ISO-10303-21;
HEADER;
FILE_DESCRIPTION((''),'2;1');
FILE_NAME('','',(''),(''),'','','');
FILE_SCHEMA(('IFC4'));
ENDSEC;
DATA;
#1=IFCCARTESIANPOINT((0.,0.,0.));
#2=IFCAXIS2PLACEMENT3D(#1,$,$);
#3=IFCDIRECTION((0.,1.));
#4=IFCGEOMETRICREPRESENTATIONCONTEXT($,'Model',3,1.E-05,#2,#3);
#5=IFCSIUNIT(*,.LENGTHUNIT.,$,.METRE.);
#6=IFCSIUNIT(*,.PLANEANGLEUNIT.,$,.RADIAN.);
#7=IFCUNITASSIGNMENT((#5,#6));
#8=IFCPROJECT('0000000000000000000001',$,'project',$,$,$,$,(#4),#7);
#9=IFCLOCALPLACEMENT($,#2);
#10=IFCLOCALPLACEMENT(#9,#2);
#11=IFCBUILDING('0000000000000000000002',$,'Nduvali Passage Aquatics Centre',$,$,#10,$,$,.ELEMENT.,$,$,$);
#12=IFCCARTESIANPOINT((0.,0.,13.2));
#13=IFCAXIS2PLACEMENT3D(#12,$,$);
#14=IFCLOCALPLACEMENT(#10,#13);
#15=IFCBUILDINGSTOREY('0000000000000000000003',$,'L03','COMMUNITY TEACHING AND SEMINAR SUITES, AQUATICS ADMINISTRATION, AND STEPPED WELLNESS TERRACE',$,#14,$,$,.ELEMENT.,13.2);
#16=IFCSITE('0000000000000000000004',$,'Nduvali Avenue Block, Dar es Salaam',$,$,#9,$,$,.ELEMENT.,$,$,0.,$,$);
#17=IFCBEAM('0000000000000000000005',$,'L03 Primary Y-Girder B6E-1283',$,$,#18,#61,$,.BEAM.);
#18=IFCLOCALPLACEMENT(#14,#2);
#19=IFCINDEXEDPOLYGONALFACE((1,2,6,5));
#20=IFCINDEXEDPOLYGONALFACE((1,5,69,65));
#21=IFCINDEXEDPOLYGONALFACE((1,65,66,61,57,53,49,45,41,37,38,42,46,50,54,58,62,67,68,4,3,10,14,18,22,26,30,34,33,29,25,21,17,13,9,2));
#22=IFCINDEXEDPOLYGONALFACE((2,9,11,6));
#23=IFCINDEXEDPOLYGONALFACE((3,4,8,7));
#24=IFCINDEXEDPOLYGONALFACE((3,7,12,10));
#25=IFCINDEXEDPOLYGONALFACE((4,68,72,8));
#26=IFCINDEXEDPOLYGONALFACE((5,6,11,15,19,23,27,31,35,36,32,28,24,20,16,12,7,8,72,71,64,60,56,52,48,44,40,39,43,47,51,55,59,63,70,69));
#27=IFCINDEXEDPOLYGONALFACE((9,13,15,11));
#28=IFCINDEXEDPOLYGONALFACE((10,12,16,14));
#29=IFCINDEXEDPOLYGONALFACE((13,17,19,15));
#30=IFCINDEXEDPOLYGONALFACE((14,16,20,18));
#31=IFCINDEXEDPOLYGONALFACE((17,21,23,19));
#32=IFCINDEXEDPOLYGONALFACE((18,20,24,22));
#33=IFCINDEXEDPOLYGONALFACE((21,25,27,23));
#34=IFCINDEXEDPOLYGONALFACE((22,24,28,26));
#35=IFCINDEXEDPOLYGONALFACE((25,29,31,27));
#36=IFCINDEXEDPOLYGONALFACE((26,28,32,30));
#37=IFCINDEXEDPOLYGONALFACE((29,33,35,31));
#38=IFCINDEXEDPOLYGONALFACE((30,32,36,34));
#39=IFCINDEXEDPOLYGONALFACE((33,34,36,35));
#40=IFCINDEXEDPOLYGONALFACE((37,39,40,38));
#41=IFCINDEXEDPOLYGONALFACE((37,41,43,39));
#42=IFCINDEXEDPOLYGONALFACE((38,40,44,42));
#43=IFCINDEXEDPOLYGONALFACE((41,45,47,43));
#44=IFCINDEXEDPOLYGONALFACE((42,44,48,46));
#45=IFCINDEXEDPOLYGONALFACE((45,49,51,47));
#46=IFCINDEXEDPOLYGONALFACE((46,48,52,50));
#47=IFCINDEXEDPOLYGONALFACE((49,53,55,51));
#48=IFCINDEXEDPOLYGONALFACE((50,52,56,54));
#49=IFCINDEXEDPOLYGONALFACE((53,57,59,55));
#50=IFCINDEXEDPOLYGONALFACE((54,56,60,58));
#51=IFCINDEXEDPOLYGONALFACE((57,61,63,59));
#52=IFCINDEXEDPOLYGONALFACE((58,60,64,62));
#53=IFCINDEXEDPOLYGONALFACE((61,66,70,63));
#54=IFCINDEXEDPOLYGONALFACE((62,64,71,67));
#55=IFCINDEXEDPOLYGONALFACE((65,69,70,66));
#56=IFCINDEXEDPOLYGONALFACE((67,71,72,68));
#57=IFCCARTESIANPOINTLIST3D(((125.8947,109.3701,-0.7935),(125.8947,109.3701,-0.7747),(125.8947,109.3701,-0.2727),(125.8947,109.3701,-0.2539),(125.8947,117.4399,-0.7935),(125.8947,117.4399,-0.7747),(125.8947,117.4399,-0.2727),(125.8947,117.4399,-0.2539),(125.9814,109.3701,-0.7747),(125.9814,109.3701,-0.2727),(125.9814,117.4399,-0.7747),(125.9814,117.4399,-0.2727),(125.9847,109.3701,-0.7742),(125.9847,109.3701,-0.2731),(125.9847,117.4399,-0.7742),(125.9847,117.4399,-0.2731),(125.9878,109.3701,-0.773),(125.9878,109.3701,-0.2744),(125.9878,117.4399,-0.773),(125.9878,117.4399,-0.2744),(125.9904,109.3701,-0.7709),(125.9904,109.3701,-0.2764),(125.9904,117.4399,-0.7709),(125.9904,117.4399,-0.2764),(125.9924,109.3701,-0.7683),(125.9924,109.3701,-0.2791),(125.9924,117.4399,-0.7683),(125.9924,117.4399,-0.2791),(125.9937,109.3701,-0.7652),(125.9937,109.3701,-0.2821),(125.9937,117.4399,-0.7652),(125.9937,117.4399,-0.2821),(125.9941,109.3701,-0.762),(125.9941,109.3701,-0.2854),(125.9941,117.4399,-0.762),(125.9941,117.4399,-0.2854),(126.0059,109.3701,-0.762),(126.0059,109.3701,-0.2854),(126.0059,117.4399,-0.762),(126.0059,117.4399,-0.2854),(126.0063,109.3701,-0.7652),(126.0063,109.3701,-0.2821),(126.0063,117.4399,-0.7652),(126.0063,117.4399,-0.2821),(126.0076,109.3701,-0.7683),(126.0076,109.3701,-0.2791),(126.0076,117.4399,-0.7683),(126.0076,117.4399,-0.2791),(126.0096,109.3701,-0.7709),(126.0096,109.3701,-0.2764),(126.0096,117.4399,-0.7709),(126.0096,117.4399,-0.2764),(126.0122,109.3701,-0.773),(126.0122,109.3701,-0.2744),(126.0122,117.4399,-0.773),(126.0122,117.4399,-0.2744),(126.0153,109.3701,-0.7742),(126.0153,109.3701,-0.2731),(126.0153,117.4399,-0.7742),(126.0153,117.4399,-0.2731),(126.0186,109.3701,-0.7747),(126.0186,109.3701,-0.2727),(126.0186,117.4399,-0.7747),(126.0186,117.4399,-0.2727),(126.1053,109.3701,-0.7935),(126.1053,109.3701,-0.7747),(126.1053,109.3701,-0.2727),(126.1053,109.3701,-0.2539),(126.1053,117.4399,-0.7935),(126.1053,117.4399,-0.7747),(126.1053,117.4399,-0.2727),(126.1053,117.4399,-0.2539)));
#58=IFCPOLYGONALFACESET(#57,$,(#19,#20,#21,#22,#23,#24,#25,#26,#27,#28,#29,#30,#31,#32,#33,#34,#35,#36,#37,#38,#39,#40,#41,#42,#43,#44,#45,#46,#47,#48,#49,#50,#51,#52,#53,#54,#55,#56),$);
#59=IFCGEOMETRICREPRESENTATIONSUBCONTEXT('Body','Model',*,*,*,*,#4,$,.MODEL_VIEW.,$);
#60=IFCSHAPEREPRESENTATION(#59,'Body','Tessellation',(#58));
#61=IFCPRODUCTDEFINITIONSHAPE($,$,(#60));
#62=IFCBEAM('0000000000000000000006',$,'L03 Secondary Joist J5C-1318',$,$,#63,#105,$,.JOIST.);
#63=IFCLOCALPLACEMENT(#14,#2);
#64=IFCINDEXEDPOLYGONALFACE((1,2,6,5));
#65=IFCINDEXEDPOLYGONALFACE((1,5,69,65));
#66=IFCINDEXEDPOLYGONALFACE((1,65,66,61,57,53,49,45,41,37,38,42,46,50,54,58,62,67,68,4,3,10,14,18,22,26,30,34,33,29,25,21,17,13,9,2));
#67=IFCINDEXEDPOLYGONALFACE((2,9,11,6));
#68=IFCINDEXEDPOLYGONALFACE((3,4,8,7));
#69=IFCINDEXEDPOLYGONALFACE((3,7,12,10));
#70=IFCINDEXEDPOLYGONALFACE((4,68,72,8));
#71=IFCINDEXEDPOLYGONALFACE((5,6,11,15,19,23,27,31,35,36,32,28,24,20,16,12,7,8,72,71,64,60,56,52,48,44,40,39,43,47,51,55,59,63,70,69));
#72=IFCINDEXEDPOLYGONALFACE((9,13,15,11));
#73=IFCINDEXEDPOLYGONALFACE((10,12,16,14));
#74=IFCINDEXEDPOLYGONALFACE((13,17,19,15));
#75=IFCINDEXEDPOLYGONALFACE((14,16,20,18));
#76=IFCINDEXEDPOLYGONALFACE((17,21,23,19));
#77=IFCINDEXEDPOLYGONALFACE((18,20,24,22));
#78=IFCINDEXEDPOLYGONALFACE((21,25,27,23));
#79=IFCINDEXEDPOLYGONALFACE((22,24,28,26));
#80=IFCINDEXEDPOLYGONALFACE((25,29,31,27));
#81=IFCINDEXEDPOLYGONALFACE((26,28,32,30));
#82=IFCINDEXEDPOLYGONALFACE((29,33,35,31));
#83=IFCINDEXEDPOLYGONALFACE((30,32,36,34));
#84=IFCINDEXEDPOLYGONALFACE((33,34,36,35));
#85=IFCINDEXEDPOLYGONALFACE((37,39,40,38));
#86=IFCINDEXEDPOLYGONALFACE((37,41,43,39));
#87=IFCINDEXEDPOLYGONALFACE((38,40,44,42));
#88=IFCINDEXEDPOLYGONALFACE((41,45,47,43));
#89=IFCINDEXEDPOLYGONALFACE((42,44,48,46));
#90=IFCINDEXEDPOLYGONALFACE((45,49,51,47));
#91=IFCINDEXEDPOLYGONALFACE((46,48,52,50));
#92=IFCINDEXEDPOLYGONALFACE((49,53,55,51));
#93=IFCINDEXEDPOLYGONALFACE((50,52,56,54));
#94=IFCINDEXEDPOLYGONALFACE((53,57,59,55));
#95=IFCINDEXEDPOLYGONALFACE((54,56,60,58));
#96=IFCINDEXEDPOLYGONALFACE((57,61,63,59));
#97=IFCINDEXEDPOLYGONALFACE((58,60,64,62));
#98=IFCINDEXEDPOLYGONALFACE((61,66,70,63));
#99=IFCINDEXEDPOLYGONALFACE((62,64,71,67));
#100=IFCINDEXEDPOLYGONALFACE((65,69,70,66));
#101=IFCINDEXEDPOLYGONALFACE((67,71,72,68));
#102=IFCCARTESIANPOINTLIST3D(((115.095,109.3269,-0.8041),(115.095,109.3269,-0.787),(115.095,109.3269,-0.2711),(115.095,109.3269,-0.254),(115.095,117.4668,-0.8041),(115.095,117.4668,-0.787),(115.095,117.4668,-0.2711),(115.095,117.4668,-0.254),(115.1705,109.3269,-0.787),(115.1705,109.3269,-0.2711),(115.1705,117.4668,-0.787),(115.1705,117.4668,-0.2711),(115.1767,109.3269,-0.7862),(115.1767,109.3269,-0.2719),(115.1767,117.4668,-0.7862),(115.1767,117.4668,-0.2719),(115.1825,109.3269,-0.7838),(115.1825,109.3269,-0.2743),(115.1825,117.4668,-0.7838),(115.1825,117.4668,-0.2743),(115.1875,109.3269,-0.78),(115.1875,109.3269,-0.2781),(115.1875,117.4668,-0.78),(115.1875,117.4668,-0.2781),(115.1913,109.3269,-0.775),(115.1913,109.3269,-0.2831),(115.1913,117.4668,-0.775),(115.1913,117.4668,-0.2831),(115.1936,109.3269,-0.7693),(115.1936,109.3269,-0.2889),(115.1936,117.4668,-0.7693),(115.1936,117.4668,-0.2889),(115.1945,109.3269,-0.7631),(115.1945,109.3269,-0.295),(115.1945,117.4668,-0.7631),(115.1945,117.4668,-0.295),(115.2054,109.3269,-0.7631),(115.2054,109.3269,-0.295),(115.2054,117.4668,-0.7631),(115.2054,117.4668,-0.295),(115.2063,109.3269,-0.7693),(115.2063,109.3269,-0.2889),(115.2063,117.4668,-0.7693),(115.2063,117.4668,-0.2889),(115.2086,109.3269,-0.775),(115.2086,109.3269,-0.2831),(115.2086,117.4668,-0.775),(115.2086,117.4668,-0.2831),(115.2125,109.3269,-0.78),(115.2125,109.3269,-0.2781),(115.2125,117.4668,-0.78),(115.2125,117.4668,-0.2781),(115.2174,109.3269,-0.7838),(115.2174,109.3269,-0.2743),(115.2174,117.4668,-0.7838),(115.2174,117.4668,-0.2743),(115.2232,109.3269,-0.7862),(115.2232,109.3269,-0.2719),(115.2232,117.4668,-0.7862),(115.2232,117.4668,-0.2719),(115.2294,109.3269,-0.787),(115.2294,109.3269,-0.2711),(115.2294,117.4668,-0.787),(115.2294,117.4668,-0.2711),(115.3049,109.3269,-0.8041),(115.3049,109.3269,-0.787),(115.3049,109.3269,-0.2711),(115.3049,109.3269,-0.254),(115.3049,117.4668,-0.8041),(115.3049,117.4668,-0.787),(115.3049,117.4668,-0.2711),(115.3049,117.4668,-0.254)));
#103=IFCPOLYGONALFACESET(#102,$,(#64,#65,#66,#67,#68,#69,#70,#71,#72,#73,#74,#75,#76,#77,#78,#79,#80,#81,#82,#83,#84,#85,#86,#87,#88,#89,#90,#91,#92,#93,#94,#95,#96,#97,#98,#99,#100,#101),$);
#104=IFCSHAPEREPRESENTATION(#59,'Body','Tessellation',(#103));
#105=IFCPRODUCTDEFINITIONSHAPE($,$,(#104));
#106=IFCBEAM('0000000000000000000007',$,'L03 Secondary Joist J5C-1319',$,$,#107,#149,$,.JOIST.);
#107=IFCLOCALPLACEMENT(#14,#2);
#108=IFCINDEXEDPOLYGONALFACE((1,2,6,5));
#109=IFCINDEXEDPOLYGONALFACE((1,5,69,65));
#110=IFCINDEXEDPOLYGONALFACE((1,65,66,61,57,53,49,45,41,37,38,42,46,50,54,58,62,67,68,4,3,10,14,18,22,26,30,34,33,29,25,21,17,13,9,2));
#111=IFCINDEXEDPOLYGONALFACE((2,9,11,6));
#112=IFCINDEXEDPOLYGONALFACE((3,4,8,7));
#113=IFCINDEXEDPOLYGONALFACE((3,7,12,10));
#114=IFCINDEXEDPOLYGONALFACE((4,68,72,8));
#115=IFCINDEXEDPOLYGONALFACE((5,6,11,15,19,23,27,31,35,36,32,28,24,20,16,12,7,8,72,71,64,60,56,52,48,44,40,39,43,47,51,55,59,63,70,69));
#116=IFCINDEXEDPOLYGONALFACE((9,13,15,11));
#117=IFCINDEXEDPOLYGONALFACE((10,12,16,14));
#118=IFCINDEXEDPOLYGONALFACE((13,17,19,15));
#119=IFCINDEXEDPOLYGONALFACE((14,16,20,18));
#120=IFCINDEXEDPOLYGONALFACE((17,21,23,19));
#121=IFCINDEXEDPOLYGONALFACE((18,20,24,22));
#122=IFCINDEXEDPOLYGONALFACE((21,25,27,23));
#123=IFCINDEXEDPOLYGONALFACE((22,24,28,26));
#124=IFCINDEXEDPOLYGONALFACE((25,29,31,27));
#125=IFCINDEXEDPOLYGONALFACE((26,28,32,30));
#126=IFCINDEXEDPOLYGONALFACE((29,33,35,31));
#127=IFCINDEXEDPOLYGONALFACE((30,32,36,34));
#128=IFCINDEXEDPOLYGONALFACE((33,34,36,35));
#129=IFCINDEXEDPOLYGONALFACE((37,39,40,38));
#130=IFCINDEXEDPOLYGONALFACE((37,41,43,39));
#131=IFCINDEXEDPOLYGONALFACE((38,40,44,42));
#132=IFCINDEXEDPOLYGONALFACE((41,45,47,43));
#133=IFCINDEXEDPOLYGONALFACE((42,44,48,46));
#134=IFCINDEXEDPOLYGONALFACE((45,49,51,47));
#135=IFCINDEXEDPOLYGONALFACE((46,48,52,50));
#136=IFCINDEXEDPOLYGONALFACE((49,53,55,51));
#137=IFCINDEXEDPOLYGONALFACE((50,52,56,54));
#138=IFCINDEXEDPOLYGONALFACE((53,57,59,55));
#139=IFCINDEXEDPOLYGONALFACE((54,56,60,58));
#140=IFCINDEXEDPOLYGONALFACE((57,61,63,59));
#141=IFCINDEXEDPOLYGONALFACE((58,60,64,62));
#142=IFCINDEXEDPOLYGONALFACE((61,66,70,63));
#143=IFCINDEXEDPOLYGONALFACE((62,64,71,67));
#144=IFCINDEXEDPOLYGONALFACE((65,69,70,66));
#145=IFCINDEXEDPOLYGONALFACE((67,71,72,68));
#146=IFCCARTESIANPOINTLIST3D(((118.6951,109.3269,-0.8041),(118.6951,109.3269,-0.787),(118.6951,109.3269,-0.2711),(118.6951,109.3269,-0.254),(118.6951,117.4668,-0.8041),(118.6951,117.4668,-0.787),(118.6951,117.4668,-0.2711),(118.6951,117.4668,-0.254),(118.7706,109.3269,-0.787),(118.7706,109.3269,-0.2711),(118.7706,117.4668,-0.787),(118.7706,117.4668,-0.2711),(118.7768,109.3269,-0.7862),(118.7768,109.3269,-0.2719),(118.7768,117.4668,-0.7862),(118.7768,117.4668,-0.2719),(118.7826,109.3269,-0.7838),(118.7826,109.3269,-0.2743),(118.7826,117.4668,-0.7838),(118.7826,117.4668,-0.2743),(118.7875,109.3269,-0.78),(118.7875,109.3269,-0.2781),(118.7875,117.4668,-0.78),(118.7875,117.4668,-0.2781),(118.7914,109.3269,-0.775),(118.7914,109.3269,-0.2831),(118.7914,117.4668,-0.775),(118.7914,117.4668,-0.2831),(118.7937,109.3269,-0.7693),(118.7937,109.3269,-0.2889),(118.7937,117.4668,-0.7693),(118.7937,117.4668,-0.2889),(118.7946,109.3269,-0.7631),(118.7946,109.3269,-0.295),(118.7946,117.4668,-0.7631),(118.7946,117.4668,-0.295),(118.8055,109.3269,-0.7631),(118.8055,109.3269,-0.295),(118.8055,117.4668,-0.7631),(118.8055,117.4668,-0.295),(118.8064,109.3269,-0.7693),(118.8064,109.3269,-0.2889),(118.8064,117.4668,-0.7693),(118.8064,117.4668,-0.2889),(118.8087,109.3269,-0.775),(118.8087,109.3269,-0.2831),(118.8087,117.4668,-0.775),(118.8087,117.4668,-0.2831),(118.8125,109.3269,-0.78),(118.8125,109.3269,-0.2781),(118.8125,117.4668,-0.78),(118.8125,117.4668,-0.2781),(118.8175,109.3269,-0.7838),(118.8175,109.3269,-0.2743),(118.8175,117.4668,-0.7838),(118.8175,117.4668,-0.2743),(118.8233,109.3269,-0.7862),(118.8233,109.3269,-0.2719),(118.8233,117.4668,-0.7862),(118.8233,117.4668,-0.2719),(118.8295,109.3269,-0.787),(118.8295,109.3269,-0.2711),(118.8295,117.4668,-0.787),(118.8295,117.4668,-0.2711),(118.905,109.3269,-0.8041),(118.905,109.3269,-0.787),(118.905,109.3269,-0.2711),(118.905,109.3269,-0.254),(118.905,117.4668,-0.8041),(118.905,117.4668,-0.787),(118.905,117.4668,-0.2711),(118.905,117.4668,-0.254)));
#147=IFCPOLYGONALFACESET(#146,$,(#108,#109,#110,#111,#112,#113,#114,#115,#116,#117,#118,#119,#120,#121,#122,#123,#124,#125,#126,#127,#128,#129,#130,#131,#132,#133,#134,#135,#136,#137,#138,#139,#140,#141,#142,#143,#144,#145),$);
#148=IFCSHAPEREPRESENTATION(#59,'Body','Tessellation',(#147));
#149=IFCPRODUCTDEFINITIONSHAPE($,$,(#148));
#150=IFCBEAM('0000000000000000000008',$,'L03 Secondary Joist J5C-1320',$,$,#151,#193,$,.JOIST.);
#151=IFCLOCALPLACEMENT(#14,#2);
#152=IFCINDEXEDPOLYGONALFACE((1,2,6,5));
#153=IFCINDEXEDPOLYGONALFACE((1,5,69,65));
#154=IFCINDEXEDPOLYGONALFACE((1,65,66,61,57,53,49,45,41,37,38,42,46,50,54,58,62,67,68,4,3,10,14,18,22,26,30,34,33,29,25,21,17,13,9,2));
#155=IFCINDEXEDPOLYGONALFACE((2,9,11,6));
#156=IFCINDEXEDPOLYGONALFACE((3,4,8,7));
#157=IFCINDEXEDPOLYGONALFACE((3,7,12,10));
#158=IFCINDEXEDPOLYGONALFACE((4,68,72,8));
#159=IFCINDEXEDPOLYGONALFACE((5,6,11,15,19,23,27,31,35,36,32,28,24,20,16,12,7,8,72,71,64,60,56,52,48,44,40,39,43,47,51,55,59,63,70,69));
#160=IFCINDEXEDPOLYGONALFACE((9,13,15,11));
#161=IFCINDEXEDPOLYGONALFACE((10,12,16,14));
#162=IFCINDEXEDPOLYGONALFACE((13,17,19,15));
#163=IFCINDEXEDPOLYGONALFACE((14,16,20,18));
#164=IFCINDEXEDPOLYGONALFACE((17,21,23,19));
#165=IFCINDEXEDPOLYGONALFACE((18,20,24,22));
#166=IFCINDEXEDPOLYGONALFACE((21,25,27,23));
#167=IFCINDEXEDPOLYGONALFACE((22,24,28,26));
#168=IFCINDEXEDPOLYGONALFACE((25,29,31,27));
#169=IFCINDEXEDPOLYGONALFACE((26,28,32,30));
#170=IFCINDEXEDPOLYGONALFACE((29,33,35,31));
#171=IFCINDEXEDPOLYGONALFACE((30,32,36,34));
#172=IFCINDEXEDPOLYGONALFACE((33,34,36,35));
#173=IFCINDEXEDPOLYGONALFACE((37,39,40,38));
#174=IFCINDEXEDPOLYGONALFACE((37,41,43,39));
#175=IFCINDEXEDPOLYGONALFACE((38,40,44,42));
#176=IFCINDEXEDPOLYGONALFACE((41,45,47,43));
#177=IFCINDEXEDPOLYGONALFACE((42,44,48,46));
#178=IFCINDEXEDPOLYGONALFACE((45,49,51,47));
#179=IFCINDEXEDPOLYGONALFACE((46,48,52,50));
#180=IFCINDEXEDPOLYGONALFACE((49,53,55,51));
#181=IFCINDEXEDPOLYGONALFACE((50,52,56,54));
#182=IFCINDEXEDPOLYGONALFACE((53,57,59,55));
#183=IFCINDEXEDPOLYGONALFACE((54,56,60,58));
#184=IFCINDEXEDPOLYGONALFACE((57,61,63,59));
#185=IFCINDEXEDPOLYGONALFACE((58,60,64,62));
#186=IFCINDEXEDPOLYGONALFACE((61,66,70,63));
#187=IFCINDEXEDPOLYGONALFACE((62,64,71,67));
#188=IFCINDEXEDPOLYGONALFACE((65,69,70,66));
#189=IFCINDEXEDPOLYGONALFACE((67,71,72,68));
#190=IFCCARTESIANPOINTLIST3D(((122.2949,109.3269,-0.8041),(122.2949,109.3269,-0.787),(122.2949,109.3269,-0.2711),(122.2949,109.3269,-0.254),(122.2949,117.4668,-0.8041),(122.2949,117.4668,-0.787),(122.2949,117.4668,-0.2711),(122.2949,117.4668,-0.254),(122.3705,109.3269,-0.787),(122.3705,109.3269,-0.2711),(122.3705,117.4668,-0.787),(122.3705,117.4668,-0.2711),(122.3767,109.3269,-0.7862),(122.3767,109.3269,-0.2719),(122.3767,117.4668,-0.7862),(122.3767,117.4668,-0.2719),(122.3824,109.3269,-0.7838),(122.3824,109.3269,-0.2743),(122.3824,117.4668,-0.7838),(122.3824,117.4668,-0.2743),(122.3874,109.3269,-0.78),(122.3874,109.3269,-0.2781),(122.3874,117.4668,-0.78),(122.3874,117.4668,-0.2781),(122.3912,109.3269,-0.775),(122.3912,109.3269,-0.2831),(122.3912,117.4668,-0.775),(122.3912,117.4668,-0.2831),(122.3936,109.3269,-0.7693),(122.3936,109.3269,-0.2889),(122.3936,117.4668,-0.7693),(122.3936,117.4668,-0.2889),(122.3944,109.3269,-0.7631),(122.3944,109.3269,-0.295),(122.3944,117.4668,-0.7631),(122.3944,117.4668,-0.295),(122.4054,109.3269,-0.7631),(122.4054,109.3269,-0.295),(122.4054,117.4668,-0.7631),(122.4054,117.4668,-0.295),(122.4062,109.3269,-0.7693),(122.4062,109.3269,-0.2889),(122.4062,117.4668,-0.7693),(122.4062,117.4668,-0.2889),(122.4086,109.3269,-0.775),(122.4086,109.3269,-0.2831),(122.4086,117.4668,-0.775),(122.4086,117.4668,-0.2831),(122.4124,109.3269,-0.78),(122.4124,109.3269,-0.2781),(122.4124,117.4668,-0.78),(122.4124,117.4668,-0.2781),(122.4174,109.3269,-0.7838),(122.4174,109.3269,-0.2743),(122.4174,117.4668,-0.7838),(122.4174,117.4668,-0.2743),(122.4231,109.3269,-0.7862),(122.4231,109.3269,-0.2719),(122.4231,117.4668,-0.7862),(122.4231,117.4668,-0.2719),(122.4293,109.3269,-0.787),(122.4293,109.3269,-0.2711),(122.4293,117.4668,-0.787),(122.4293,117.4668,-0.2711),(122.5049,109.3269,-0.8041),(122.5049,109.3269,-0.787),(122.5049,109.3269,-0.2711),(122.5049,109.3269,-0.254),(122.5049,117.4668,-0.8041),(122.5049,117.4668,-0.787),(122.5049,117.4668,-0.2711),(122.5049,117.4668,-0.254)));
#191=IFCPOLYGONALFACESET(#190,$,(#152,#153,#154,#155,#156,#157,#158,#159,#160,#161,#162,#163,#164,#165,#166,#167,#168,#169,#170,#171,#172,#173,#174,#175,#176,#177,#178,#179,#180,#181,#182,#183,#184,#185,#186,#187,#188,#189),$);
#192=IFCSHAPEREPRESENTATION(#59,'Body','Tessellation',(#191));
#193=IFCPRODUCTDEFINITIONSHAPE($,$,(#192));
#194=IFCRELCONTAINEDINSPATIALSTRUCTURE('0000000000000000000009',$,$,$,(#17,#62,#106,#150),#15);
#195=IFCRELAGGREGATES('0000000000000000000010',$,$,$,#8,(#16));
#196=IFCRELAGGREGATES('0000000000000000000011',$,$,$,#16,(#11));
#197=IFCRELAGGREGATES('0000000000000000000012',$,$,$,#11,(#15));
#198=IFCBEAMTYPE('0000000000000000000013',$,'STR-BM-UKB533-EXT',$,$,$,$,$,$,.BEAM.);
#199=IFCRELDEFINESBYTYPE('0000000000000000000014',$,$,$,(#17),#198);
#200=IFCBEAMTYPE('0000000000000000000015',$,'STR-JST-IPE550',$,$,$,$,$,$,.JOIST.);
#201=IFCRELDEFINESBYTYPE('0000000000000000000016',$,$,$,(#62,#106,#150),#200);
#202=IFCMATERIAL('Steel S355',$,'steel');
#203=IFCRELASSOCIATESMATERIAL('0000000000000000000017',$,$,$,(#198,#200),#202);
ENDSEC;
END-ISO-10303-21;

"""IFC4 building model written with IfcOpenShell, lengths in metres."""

from ifc_helpers import new_model, si_unit, direction, frame, origin, origin_2d, place, context, subcontext, project, spatial, i_section, extrude, material, material_profile, profile_set, type_object, element, save


model = new_model("IFC4")

# Units and contexts
model_context = context("Model", 3, precision=1e-05, world=origin(), true_north=direction((0.0, 1.0)))
body_context = subcontext(model_context, "Body", "Model", "MODEL_VIEW")
ifc_project = project(units=[si_unit("LENGTHUNIT", "METRE"), si_unit("PLANEANGLEUNIT", "RADIAN")], contexts=[model_context])

# Site, building, storey
site_placement = place(None, origin())
site = spatial("IfcSite", under=ifc_project, at=site_placement, Name="Nduvali Avenue Block, Dar es Salaam", CompositionType="ELEMENT", RefElevation=0.0)
building_placement = place(site_placement, origin())
building = spatial("IfcBuilding", under=site, at=building_placement, Name="Nduvali Passage Aquatics Centre", CompositionType="ELEMENT")
storey_placement = place(building_placement, frame((0.0, 0.0, 13.2)))
storey = spatial("IfcBuildingStorey", under=building, at=storey_placement, Name="L03", Description="COMMUNITY TEACHING AND SEMINAR SUITES, AQUATICS ADMINISTRATION, AND STEPPED WELLNESS TERRACE", CompositionType="ELEMENT", Elevation=13.2)

# Shared definitions
ifc_material_1 = material(Name="Steel S355", Category="steel")

# Beams
ifc_material_profile_1 = material_profile(ifc_material_1, i_section(OverallWidth=0.2107, OverallDepth=0.5396, WebThickness=0.0117, FlangeThickness=0.0188, FilletRadius=0.0127, at=origin_2d()), Name="UKB 533x210x109")
ifc_profile_set_1 = profile_set([ifc_material_profile_1], Name="Steel S355")
beam_type_1 = type_object("IfcBeamType", Name="STR-BM-UKB533-EXT", PredefinedType="BEAM", material=ifc_profile_set_1)
beam_placement = place(storey_placement, frame((126.0, 109.3701, -0.5237), z_axis=(0.0, 1.0, 0.0), x_axis=(-1.0, 0.0, 0.0)))
element("IfcBeam", 1, at=beam_placement, inside=storey, type_object=beam_type_1, Name="L03 Primary Y-Girder B6E-1283", PredefinedType="BEAM", context=body_context, shape_type="SweptSolid", body=[
    extrude(i_section(OverallWidth=0.2107, OverallDepth=0.5396, WebThickness=0.0117, FlangeThickness=0.0188, FilletRadius=0.0127, at=origin_2d()), origin(), (0.0, 0.0, 1.0), 8.0698),
])
ifc_material_profile_2 = material_profile(ifc_material_1, i_section(OverallWidth=0.21, OverallDepth=0.55, WebThickness=0.011, FlangeThickness=0.0171, FilletRadius=0.0239, at=origin_2d()), Name="IPE 550")
ifc_profile_set_2 = profile_set([ifc_material_profile_2], Name="Steel S355")
beam_type_2 = type_object("IfcBeamType", Name="STR-JST-IPE550", PredefinedType="JOIST", material=ifc_profile_set_2)
for number, where, z_axis, x_axis, name in (
    (2, (115.2, 109.3269, -0.5291), (0.0, 1.0, 0.0), (-1.0, 0.0, 0.0), "L03 Secondary Joist J5C-1318"),
    (3, (118.8, 109.3269, -0.5291), (0.0, 1.0, 0.0), (-1.0, 0.0, 0.0), "L03 Secondary Joist J5C-1319"),
    (4, (122.3999, 109.3269, -0.5291), (0.0, 1.0, 0.0), (-1.0, 0.0, 0.0), "L03 Secondary Joist J5C-1320"),
):
    element("IfcBeam", number, at=place(storey_placement, frame(where, z_axis=z_axis, x_axis=x_axis)), inside=storey, type_object=beam_type_2, Name=name, PredefinedType="JOIST", context=body_context, shape_type="SweptSolid", body=[
        extrude(i_section(OverallWidth=0.21, OverallDepth=0.55, WebThickness=0.011, FlangeThickness=0.0171, FilletRadius=0.0239, at=origin_2d()), origin(), (0.0, 0.0, 1.0), 8.1399),
    ])

save(model, "model.ifc")
